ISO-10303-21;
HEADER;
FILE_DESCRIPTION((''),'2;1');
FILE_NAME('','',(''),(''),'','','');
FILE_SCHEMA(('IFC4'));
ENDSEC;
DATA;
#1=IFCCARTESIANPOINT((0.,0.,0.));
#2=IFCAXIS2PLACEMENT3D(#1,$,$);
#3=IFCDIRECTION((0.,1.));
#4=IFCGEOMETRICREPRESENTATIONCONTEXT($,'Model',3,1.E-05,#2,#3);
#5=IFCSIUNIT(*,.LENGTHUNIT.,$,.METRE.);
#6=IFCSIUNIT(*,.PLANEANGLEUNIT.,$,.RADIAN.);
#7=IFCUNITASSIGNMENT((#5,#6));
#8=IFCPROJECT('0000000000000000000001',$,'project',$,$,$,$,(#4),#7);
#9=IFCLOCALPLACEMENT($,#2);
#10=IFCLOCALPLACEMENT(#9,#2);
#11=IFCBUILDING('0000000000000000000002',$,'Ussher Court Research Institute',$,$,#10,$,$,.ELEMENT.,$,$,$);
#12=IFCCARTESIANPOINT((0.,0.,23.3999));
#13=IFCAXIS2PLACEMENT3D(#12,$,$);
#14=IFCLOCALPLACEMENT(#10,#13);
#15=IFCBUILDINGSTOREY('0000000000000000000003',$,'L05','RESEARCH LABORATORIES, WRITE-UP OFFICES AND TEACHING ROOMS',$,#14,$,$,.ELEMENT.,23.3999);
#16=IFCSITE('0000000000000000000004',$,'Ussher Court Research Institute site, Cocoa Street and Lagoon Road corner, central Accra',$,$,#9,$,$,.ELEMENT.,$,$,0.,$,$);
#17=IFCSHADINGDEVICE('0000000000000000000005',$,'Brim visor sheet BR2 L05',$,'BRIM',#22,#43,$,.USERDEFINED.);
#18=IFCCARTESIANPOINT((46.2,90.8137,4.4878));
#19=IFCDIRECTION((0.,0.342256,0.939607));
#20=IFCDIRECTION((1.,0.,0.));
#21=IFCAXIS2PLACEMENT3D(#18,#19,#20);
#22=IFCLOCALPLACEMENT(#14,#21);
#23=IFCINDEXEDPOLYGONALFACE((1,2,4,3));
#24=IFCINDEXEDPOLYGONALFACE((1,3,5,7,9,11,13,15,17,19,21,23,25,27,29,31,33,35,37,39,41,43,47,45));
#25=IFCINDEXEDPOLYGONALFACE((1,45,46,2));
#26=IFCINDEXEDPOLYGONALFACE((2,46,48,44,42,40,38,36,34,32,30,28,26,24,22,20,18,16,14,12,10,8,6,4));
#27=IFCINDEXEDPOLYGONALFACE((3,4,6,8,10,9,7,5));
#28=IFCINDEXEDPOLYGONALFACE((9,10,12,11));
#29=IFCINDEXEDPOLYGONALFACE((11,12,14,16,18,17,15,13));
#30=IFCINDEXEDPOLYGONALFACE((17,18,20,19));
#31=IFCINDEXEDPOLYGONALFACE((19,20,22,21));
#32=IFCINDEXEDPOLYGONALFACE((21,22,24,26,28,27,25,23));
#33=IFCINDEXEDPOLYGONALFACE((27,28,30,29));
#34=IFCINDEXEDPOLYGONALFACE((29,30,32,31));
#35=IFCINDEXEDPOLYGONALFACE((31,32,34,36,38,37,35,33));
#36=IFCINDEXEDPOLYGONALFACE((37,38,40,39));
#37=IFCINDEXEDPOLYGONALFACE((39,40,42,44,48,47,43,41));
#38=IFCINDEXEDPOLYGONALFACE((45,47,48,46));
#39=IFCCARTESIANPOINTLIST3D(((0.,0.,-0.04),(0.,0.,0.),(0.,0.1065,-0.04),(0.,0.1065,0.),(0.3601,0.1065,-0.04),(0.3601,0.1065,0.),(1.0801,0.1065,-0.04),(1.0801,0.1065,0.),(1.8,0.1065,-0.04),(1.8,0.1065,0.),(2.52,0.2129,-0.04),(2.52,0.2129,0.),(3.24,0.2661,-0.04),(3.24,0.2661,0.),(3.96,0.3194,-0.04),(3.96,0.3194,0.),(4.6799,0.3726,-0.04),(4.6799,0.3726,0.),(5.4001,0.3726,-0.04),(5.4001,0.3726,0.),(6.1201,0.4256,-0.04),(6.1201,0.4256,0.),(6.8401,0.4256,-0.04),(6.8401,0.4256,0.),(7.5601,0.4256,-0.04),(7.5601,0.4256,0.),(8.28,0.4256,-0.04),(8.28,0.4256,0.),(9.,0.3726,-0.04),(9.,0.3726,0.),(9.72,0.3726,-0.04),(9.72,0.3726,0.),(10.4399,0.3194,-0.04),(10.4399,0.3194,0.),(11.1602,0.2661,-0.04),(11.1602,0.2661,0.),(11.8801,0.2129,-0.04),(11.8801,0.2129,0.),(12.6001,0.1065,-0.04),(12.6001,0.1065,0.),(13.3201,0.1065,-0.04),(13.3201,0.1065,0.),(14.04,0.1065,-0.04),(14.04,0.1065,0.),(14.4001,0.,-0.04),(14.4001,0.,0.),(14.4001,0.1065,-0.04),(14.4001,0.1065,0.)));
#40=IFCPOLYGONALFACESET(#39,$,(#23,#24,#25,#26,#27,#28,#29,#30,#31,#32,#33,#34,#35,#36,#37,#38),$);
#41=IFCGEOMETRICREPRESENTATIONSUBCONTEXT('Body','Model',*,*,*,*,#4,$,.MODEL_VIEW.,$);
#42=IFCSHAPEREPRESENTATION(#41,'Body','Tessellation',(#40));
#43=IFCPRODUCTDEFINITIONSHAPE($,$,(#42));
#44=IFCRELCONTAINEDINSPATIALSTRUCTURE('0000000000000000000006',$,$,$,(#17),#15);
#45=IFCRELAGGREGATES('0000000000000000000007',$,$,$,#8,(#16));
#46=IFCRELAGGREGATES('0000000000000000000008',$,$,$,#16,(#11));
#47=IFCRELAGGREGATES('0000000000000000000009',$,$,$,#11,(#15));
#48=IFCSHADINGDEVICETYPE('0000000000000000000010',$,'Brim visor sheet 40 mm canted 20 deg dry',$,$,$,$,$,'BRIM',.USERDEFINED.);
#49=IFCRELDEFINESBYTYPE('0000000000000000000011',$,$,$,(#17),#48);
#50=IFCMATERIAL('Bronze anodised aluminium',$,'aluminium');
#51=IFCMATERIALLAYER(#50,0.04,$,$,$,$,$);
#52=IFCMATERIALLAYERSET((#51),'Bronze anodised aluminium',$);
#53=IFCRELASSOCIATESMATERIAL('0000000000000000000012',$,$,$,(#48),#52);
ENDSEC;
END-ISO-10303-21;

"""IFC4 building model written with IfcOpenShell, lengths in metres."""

from ifc_helpers import new_model, si_unit, direction, frame, origin, place, context, subcontext, project, spatial, polyline, outline, extrude, material, layer, layer_set, type_object, element, save


model = new_model("IFC4")

# Units and contexts
model_context = context("Model", 3, precision=1e-05, world=origin(), true_north=direction((0.0, 1.0)))
body_context = subcontext(model_context, "Body", "Model", "MODEL_VIEW")
ifc_project = project(units=[si_unit("LENGTHUNIT", "METRE"), si_unit("PLANEANGLEUNIT", "RADIAN")], contexts=[model_context])

# Site, building, storey
site_placement = place(None, origin())
site = spatial("IfcSite", under=ifc_project, at=site_placement, Name="Ussher Court Research Institute site, Cocoa Street and Lagoon Road corner, central Accra", CompositionType="ELEMENT", RefElevation=0.0)
building_placement = place(site_placement, origin())
building = spatial("IfcBuilding", under=site, at=building_placement, Name="Ussher Court Research Institute", CompositionType="ELEMENT")
storey_placement = place(building_placement, frame((0.0, 0.0, 23.3999)))
storey = spatial("IfcBuildingStorey", under=building, at=storey_placement, Name="L05", Description="RESEARCH LABORATORIES, WRITE-UP OFFICES AND TEACHING ROOMS", CompositionType="ELEMENT", Elevation=23.3999)

# Shading device
ifc_material_1 = material(Name="Bronze anodised aluminium", Category="aluminium")
ifc_layer_1 = layer(ifc_material_1, 0.04)
ifc_layer_set_1 = layer_set([ifc_layer_1], Name="Bronze anodised aluminium")
shading_device_type_1 = type_object("IfcShadingDeviceType", Name="Brim visor sheet 40 mm canted 20 deg dry", ElementType="BRIM", PredefinedType="USERDEFINED", material=ifc_layer_set_1)
shading_device_1_placement = place(storey_placement, frame((46.2, 90.8137, 4.4878), z_axis=(0.0, 0.342256, 0.939607), x_axis=(1.0, 0.0, 0.0)))
element("IfcShadingDevice", 1, at=shading_device_1_placement, inside=storey, type_object=shading_device_type_1, Name="Brim visor sheet BR2 L05", ObjectType="BRIM", PredefinedType="USERDEFINED", context=body_context, shape_type="SweptSolid", body=[
    extrude(outline(polyline([(0.0, 0.0), (14.4001, 0.0), (14.4001, 0.1065), (14.04, 0.1065), (13.3201, 0.1065), (12.6001, 0.1065), (11.8801, 0.2129), (11.1602, 0.2661), (10.4399, 0.3194), (9.72, 0.3726), (9.0, 0.3726), (8.28, 0.4256), (7.5601, 0.4256), (6.8401, 0.4256), (6.1201, 0.4256), (5.4001, 0.3726), (4.6799, 0.3726), (3.96, 0.3194), (3.24, 0.2661), (2.52, 0.2129), (1.8, 0.1065), (1.0801, 0.1065), (0.3601, 0.1065), (0.0, 0.1065), (0.0, 0.0)])), origin(), (0.0, 0.0, -1.0), 0.04),
])

save(model, "model.ifc")
